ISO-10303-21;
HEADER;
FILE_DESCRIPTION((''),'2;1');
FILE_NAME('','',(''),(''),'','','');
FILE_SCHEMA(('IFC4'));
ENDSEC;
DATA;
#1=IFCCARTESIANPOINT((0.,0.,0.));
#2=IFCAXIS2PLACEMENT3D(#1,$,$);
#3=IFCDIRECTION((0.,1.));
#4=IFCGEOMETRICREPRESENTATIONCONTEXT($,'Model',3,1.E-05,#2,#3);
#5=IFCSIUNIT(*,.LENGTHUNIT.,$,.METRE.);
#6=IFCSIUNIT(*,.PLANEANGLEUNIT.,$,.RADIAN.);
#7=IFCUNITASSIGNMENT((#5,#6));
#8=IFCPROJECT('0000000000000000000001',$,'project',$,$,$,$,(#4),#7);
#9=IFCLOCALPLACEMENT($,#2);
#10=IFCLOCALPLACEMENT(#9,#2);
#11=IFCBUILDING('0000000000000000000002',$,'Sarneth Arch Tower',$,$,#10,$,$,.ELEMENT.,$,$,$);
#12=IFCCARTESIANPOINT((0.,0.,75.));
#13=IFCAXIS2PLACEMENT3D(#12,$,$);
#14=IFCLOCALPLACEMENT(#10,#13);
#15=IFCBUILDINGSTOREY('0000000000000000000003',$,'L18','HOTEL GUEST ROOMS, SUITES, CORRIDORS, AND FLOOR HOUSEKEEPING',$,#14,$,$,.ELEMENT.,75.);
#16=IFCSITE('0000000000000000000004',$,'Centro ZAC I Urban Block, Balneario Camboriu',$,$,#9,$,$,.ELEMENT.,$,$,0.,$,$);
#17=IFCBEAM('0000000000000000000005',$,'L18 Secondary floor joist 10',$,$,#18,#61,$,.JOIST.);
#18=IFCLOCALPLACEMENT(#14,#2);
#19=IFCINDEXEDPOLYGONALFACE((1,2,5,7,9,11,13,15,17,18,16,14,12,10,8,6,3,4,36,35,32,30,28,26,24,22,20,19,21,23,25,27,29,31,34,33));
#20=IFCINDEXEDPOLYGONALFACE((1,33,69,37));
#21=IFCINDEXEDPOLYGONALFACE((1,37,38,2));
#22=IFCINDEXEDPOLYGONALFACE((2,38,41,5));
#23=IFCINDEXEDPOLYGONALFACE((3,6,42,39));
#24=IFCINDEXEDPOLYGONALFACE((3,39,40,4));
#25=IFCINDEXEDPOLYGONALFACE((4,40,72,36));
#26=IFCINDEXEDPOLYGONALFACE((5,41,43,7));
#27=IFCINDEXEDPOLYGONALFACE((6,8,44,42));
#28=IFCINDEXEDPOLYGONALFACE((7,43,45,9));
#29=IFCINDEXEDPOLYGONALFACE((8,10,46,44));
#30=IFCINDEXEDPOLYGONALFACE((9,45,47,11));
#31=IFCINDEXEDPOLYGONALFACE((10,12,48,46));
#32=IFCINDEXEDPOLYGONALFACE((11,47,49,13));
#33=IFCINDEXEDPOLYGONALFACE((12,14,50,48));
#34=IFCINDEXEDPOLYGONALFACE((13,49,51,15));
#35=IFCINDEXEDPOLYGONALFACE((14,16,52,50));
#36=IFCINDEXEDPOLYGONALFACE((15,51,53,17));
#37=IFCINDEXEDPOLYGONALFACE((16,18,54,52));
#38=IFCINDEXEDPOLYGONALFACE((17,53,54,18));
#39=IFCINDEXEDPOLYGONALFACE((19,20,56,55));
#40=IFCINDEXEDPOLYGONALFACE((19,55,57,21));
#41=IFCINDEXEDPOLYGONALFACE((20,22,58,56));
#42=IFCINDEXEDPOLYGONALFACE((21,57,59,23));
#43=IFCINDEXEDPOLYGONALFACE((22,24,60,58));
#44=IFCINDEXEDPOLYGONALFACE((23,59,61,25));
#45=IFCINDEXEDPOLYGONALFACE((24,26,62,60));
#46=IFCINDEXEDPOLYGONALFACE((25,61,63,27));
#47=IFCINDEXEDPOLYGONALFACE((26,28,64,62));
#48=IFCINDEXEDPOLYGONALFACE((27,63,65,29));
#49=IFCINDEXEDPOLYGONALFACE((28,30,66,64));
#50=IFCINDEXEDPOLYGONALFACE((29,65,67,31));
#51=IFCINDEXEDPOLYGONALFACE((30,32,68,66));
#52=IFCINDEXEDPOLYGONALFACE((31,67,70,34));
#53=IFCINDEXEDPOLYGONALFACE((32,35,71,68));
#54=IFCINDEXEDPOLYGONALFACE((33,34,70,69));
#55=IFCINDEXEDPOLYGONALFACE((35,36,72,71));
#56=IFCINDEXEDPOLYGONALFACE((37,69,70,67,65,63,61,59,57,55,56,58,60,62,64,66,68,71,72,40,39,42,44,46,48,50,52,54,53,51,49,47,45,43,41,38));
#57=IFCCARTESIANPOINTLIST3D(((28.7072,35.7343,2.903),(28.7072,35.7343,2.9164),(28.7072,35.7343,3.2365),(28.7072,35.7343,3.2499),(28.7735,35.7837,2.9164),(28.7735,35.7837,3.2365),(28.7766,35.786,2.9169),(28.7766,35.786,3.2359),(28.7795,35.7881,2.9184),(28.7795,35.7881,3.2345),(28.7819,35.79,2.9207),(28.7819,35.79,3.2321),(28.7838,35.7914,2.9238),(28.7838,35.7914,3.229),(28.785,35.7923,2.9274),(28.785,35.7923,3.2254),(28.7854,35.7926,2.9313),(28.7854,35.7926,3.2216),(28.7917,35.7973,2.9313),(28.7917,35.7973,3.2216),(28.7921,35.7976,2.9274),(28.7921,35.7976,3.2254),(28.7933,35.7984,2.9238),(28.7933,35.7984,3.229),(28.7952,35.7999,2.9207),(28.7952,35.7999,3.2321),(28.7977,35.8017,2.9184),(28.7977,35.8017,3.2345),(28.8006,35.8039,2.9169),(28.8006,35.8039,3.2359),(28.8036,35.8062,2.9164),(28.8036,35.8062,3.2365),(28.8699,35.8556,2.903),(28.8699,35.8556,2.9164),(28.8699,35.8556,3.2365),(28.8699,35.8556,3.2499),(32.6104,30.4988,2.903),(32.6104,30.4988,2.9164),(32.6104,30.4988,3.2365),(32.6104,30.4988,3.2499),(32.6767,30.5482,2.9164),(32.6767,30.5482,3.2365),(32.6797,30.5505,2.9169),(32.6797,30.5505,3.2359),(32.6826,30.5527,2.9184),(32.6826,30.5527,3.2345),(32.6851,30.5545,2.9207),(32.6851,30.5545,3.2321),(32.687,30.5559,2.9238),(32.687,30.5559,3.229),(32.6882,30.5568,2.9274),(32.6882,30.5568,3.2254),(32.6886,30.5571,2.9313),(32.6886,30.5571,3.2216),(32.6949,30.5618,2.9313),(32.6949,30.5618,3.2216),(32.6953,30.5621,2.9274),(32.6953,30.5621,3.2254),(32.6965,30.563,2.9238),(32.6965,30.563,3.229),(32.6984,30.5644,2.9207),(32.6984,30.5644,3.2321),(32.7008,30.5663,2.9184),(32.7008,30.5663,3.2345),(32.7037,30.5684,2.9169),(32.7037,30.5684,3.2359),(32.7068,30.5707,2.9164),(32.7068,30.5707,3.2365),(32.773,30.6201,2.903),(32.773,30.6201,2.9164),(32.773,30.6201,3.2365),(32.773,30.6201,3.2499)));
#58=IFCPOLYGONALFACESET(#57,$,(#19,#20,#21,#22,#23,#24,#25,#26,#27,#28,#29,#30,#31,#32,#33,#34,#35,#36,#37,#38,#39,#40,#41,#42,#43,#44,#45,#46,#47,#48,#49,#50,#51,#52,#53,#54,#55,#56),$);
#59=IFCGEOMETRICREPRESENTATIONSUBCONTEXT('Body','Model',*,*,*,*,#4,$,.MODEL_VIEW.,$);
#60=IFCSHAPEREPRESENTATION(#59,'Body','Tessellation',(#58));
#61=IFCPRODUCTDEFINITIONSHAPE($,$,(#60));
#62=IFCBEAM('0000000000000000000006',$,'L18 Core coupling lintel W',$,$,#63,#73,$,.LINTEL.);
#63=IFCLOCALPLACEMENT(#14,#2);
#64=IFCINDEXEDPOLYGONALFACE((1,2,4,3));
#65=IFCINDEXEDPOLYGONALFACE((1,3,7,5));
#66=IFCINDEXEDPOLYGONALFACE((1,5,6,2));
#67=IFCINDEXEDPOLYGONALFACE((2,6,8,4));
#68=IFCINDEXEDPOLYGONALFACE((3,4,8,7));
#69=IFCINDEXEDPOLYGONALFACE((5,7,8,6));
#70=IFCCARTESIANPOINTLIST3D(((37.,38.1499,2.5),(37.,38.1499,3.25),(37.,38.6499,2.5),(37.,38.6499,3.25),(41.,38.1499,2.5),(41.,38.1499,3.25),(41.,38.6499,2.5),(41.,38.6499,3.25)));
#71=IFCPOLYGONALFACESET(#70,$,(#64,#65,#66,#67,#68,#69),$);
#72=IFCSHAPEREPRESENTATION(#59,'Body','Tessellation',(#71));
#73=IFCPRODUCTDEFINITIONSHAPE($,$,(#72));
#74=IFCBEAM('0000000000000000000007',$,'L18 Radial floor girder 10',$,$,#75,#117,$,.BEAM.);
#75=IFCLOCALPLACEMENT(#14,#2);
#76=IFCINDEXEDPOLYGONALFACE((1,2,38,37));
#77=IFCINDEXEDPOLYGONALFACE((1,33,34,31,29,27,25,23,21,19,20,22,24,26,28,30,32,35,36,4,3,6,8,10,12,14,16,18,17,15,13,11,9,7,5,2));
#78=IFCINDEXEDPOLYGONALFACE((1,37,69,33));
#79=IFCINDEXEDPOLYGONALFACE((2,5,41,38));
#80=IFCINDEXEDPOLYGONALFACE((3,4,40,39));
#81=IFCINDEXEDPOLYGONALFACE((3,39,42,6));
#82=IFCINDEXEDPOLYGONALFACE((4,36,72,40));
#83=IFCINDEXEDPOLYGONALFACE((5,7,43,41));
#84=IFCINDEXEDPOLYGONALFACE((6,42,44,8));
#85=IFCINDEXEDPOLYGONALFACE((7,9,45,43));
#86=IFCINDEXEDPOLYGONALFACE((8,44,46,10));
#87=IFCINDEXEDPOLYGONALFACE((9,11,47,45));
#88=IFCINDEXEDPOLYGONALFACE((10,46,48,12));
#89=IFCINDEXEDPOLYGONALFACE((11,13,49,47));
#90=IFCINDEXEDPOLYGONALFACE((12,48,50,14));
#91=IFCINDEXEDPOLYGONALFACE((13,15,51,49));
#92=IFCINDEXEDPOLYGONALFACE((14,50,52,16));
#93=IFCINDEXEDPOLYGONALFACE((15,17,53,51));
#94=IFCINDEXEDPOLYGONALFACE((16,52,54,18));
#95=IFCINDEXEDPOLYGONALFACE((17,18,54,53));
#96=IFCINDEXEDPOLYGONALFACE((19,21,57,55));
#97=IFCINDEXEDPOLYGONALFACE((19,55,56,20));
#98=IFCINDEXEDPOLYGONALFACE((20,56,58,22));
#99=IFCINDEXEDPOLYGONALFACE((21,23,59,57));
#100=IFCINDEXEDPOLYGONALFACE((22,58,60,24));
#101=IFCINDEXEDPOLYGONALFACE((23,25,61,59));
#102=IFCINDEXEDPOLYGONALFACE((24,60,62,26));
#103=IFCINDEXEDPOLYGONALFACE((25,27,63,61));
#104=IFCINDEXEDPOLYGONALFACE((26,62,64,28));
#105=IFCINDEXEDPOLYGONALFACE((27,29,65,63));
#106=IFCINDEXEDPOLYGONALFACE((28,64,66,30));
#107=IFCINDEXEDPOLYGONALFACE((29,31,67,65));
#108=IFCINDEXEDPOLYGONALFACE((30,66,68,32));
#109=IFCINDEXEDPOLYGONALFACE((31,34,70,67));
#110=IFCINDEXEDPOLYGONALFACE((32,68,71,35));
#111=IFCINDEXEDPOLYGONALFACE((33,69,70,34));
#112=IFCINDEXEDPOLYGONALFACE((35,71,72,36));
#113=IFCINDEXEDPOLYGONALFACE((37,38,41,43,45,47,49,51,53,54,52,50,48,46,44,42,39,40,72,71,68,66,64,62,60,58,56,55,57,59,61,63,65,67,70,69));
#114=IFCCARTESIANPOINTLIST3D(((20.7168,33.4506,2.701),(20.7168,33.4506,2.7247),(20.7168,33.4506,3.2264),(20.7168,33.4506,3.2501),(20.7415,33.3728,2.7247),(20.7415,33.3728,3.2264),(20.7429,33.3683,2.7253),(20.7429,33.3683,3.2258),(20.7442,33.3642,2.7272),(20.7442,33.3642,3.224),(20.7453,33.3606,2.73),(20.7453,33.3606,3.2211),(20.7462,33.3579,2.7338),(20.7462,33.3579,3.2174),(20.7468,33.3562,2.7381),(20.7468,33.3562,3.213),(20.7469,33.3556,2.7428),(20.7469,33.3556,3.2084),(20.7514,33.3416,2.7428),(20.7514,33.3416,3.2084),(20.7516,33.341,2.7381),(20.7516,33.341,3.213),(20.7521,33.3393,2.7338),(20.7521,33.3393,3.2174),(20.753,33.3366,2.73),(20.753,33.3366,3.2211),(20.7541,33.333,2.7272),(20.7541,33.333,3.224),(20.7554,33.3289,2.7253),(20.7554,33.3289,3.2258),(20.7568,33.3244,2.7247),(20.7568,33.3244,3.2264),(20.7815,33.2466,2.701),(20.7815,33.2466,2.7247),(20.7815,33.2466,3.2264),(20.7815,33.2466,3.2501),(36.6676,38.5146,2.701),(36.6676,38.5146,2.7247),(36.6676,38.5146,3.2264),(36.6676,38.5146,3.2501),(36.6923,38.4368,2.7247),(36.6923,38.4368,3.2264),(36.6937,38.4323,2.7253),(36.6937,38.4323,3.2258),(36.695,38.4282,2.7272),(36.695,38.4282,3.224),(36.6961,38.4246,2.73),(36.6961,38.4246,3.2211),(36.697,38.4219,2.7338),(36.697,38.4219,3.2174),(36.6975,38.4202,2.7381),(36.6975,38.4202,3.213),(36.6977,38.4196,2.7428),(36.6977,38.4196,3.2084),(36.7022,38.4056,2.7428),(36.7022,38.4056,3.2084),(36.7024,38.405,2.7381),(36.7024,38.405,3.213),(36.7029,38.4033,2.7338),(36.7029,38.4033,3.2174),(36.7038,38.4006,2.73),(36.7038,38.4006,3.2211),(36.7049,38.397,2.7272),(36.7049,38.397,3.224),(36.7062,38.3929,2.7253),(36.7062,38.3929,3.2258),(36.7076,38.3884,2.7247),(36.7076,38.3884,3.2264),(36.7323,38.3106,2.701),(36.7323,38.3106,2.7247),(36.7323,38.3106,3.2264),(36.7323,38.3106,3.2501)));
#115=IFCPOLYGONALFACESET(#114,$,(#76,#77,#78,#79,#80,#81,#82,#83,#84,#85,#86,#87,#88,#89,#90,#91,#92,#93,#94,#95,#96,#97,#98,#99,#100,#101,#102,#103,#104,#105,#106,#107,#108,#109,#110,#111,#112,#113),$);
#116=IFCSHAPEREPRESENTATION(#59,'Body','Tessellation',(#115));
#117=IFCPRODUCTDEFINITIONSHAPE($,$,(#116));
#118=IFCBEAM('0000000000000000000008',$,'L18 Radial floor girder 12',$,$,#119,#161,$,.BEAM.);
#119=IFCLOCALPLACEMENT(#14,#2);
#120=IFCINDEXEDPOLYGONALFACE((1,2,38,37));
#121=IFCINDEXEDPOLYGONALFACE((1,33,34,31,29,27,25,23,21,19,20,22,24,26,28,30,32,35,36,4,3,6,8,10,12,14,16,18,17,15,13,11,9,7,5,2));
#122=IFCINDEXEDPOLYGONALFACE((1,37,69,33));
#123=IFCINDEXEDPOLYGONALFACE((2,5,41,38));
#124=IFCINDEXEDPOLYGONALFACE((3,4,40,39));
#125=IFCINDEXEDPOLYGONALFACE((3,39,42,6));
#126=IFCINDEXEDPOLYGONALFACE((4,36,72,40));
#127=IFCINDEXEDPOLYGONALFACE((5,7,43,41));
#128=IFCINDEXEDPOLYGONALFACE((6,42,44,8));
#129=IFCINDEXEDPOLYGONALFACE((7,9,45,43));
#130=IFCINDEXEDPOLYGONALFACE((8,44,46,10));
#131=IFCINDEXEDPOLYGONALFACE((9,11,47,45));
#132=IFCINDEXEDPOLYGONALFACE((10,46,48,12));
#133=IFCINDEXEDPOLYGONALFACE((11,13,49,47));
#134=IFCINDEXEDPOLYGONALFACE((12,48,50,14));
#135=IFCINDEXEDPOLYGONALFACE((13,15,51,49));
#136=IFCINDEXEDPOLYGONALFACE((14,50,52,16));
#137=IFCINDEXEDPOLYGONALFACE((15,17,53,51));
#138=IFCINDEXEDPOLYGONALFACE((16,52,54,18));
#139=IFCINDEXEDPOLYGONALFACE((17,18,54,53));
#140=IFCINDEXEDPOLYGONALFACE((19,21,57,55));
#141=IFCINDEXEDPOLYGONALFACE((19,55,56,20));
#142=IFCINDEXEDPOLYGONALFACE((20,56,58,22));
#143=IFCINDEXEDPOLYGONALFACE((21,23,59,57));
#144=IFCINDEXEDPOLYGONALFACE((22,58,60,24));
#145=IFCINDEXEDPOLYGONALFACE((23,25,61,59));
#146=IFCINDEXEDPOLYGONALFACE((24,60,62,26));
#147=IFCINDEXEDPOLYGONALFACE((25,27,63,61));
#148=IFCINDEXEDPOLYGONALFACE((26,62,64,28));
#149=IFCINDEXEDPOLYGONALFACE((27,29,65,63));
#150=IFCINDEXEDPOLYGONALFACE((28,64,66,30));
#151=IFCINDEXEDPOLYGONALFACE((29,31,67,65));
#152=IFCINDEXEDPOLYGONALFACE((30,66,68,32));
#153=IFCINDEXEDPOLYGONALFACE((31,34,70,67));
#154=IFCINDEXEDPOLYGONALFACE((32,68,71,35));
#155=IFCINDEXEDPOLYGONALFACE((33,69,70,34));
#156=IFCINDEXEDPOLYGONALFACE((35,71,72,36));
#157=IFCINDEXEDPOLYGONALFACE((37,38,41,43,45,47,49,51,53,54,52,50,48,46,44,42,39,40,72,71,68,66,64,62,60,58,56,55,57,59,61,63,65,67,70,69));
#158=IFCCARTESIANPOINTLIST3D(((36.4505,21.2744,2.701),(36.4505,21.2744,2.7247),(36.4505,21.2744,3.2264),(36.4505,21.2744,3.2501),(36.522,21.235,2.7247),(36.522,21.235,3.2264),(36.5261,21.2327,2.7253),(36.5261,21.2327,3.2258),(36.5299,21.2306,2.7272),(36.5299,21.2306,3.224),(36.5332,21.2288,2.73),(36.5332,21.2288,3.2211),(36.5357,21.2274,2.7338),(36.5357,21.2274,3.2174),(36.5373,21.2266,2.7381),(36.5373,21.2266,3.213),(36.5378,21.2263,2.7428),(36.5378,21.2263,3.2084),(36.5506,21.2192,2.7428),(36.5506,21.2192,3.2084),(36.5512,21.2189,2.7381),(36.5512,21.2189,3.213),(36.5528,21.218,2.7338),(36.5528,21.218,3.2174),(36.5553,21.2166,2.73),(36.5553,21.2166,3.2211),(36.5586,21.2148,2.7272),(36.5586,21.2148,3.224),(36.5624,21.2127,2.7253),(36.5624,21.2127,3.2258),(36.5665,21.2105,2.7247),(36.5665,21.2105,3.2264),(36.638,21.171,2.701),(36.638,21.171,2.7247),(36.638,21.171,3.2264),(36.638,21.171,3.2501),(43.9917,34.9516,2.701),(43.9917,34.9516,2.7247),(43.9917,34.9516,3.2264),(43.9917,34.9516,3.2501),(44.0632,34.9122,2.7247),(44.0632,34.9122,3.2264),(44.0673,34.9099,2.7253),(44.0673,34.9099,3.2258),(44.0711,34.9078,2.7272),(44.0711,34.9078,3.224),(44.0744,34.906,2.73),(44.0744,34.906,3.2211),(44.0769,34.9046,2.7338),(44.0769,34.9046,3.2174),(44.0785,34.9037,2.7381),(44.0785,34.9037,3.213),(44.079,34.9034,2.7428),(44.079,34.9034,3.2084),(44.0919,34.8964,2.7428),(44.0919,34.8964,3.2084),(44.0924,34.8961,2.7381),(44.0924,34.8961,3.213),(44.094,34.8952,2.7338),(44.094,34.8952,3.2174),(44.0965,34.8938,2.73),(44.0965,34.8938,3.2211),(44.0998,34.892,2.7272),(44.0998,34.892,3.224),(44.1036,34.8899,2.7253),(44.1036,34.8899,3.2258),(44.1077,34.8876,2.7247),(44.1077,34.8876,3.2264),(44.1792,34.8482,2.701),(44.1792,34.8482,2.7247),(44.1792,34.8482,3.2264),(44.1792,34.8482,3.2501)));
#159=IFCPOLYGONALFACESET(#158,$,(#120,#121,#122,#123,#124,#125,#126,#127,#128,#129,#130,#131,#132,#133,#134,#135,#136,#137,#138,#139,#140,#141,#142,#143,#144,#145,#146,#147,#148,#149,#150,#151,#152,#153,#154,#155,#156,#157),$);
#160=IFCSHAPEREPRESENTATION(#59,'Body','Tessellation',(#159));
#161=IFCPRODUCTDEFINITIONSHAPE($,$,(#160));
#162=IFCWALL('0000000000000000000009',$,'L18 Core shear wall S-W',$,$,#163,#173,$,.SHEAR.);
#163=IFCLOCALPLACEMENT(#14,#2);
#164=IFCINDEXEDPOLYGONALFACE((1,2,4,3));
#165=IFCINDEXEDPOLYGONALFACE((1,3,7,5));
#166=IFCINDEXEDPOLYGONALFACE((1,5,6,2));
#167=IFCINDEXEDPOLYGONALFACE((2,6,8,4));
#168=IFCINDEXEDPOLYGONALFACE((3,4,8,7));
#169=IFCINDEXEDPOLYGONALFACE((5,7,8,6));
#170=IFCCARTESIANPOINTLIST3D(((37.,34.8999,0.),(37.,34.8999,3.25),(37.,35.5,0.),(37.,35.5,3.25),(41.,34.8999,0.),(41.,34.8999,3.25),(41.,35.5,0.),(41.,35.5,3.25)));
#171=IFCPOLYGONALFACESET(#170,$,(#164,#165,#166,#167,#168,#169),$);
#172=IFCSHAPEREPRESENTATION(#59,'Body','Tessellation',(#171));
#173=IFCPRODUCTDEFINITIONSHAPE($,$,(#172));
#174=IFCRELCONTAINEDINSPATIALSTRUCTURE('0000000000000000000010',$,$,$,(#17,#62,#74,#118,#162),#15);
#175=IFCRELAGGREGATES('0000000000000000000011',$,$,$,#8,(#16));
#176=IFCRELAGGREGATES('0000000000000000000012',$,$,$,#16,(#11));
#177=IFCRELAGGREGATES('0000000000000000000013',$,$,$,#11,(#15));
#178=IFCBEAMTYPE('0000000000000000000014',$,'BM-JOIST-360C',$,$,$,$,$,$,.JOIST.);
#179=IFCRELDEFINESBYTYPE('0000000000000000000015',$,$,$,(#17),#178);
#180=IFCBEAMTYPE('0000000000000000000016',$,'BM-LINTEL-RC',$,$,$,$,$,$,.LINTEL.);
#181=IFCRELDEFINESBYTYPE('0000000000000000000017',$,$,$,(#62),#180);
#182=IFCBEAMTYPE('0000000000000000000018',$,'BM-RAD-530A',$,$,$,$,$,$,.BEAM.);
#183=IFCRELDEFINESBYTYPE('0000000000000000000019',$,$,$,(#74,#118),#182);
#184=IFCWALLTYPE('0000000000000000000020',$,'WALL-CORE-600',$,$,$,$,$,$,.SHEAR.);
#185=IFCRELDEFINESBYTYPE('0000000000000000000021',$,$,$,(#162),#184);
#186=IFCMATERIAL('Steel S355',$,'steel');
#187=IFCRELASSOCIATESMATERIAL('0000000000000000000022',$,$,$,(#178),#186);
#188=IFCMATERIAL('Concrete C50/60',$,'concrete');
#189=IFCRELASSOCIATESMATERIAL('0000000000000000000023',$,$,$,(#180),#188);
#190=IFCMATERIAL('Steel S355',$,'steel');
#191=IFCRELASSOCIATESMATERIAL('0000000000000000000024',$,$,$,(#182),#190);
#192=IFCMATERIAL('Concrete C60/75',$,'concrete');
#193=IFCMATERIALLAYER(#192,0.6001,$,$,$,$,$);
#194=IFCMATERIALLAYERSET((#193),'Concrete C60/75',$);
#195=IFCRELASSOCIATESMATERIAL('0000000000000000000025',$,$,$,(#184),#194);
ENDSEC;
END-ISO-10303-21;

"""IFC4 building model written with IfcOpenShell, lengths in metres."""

from ifc_helpers import new_model, si_unit, direction, frame, frame_2d, origin, origin_2d, place, context, subcontext, project, spatial, rectangle, i_section, extrude, material, layer, layer_set, material_profile, profile_set, type_object, element, save


model = new_model("IFC4")

# Units and contexts
model_context = context("Model", 3, precision=1e-05, world=origin(), true_north=direction((0.0, 1.0)))
body_context = subcontext(model_context, "Body", "Model", "MODEL_VIEW")
ifc_project = project(units=[si_unit("LENGTHUNIT", "METRE"), si_unit("PLANEANGLEUNIT", "RADIAN")], contexts=[model_context])

# Site, building, storey
site_placement = place(None, origin())
site = spatial("IfcSite", under=ifc_project, at=site_placement, Name="Centro ZAC I Urban Block, Balneario Camboriu", CompositionType="ELEMENT", RefElevation=0.0)
building_placement = place(site_placement, origin())
building = spatial("IfcBuilding", under=site, at=building_placement, Name="Sarneth Arch Tower", CompositionType="ELEMENT")
storey_placement = place(building_placement, frame((0.0, 0.0, 75.0)))
storey = spatial("IfcBuildingStorey", under=building, at=storey_placement, Name="L18", Description="HOTEL GUEST ROOMS, SUITES, CORRIDORS, AND FLOOR HOUSEKEEPING", CompositionType="ELEMENT", Elevation=75.0)

# Beams
ifc_material_1 = material(Name="Steel S355", Category="steel")
ifc_material_profile_1 = material_profile(ifc_material_1, i_section(OverallWidth=0.2029, OverallDepth=0.3469, WebThickness=0.0078, FlangeThickness=0.0134, FilletRadius=0.0149, at=origin_2d()), Name="W360x64")
ifc_profile_set_1 = profile_set([ifc_material_profile_1], Name="Steel S355")
beam_type_1 = type_object("IfcBeamType", Name="BM-JOIST-360C", PredefinedType="JOIST", material=ifc_profile_set_1)
beam_1_placement = place(storey_placement, frame((28.7886, 35.7949, 3.0764), z_axis=(0.5977, -0.801719, 0.0), x_axis=(0.801719, 0.5977, 0.0)))
element("IfcBeam", 1, at=beam_1_placement, inside=storey, type_object=beam_type_1, Name="L18 Secondary floor joist 10", PredefinedType="JOIST", context=body_context, shape_type="SweptSolid", body=[
    extrude(i_section(OverallWidth=0.2029, OverallDepth=0.3469, WebThickness=0.0078, FlangeThickness=0.0134, FilletRadius=0.0149, at=origin_2d()), origin(), (0.0, 0.0, 1.0), 6.5303),
])
ifc_material_2 = material(Name="Concrete C50/60", Category="concrete")
ifc_material_profile_2 = material_profile(ifc_material_2, rectangle(XDim=0.5, YDim=0.75, at=origin_2d()), Name="RC-500x750")
ifc_profile_set_2 = profile_set([ifc_material_profile_2], Name="Concrete C50/60")
beam_type_2 = type_object("IfcBeamType", Name="BM-LINTEL-RC", PredefinedType="LINTEL", material=ifc_profile_set_2)
beam_2_placement = place(storey_placement, frame((37.0, 38.3999, 2.875), z_axis=(1.0, 0.0, 0.0), x_axis=(0.0, 1.0, 0.0)))
element("IfcBeam", 2, at=beam_2_placement, inside=storey, type_object=beam_type_2, Name="L18 Core coupling lintel W", PredefinedType="LINTEL", context=body_context, shape_type="SweptSolid", body=[
    extrude(rectangle(XDim=0.5, YDim=0.75, at=origin_2d()), origin(), (0.0, 0.0, 1.0), 4.0),
])
ifc_material_3 = material(Name="Steel S355", Category="steel")
ifc_material_profile_3 = material_profile(ifc_material_3, i_section(OverallWidth=0.2141, OverallDepth=0.5491, WebThickness=0.0146, FlangeThickness=0.0237, FilletRadius=0.0181, at=origin_2d()), Name="W530x138")
ifc_profile_set_3 = profile_set([ifc_material_profile_3], Name="Steel S355")
beam_type_3 = type_object("IfcBeamType", Name="BM-RAD-530A", PredefinedType="BEAM", material=ifc_profile_set_3)
beam_3_placement = place(storey_placement, frame((36.7, 38.4126, 2.9756), z_axis=(-0.95312, -0.302593, 0.0), x_axis=(0.302593, -0.95312, 0.0)))
element("IfcBeam", 3, at=beam_3_placement, inside=storey, type_object=beam_type_3, Name="L18 Radial floor girder 10", PredefinedType="BEAM", context=body_context, shape_type="SweptSolid", body=[
    extrude(i_section(OverallWidth=0.2141, OverallDepth=0.5491, WebThickness=0.0146, FlangeThickness=0.0237, FilletRadius=0.0181, at=origin_2d()), origin(), (0.0, 0.0, 1.0), 16.7354),
])
beam_4_placement = place(storey_placement, frame((44.0854, 34.8999, 2.9756), z_axis=(-0.482841, -0.875708, 0.0), x_axis=(0.875708, -0.482841, 0.0)))
element("IfcBeam", 4, at=beam_4_placement, inside=storey, type_object=beam_type_3, Name="L18 Radial floor girder 12", PredefinedType="BEAM", context=body_context, shape_type="SweptSolid", body=[
    extrude(i_section(OverallWidth=0.2141, OverallDepth=0.5491, WebThickness=0.0146, FlangeThickness=0.0237, FilletRadius=0.0181, at=origin_2d()), origin(), (0.0, 0.0, 1.0), 15.6184),
])

# Wall
ifc_material_4 = material(Name="Concrete C60/75", Category="concrete")
ifc_layer_1 = layer(ifc_material_4, 0.6001)
ifc_layer_set_1 = layer_set([ifc_layer_1], Name="Concrete C60/75")
wall_type_1 = type_object("IfcWallType", Name="WALL-CORE-600", PredefinedType="SHEAR", material=ifc_layer_set_1)
wall_1_placement = place(storey_placement, frame((37.0, 35.2, 0.0), z_axis=(0.0, 0.0, 1.0), x_axis=(1.0, 0.0, 0.0)))
element("IfcWall", 5, at=wall_1_placement, inside=storey, type_object=wall_type_1, Name="L18 Core shear wall S-W", PredefinedType="SHEAR", context=body_context, shape_type="SweptSolid", body=[
    extrude(rectangle(XDim=4.0, YDim=0.6001, at=frame_2d((2.0, 0.0))), origin(), (0.0, 0.0, 1.0), 3.25),
])

save(model, "model.ifc")
